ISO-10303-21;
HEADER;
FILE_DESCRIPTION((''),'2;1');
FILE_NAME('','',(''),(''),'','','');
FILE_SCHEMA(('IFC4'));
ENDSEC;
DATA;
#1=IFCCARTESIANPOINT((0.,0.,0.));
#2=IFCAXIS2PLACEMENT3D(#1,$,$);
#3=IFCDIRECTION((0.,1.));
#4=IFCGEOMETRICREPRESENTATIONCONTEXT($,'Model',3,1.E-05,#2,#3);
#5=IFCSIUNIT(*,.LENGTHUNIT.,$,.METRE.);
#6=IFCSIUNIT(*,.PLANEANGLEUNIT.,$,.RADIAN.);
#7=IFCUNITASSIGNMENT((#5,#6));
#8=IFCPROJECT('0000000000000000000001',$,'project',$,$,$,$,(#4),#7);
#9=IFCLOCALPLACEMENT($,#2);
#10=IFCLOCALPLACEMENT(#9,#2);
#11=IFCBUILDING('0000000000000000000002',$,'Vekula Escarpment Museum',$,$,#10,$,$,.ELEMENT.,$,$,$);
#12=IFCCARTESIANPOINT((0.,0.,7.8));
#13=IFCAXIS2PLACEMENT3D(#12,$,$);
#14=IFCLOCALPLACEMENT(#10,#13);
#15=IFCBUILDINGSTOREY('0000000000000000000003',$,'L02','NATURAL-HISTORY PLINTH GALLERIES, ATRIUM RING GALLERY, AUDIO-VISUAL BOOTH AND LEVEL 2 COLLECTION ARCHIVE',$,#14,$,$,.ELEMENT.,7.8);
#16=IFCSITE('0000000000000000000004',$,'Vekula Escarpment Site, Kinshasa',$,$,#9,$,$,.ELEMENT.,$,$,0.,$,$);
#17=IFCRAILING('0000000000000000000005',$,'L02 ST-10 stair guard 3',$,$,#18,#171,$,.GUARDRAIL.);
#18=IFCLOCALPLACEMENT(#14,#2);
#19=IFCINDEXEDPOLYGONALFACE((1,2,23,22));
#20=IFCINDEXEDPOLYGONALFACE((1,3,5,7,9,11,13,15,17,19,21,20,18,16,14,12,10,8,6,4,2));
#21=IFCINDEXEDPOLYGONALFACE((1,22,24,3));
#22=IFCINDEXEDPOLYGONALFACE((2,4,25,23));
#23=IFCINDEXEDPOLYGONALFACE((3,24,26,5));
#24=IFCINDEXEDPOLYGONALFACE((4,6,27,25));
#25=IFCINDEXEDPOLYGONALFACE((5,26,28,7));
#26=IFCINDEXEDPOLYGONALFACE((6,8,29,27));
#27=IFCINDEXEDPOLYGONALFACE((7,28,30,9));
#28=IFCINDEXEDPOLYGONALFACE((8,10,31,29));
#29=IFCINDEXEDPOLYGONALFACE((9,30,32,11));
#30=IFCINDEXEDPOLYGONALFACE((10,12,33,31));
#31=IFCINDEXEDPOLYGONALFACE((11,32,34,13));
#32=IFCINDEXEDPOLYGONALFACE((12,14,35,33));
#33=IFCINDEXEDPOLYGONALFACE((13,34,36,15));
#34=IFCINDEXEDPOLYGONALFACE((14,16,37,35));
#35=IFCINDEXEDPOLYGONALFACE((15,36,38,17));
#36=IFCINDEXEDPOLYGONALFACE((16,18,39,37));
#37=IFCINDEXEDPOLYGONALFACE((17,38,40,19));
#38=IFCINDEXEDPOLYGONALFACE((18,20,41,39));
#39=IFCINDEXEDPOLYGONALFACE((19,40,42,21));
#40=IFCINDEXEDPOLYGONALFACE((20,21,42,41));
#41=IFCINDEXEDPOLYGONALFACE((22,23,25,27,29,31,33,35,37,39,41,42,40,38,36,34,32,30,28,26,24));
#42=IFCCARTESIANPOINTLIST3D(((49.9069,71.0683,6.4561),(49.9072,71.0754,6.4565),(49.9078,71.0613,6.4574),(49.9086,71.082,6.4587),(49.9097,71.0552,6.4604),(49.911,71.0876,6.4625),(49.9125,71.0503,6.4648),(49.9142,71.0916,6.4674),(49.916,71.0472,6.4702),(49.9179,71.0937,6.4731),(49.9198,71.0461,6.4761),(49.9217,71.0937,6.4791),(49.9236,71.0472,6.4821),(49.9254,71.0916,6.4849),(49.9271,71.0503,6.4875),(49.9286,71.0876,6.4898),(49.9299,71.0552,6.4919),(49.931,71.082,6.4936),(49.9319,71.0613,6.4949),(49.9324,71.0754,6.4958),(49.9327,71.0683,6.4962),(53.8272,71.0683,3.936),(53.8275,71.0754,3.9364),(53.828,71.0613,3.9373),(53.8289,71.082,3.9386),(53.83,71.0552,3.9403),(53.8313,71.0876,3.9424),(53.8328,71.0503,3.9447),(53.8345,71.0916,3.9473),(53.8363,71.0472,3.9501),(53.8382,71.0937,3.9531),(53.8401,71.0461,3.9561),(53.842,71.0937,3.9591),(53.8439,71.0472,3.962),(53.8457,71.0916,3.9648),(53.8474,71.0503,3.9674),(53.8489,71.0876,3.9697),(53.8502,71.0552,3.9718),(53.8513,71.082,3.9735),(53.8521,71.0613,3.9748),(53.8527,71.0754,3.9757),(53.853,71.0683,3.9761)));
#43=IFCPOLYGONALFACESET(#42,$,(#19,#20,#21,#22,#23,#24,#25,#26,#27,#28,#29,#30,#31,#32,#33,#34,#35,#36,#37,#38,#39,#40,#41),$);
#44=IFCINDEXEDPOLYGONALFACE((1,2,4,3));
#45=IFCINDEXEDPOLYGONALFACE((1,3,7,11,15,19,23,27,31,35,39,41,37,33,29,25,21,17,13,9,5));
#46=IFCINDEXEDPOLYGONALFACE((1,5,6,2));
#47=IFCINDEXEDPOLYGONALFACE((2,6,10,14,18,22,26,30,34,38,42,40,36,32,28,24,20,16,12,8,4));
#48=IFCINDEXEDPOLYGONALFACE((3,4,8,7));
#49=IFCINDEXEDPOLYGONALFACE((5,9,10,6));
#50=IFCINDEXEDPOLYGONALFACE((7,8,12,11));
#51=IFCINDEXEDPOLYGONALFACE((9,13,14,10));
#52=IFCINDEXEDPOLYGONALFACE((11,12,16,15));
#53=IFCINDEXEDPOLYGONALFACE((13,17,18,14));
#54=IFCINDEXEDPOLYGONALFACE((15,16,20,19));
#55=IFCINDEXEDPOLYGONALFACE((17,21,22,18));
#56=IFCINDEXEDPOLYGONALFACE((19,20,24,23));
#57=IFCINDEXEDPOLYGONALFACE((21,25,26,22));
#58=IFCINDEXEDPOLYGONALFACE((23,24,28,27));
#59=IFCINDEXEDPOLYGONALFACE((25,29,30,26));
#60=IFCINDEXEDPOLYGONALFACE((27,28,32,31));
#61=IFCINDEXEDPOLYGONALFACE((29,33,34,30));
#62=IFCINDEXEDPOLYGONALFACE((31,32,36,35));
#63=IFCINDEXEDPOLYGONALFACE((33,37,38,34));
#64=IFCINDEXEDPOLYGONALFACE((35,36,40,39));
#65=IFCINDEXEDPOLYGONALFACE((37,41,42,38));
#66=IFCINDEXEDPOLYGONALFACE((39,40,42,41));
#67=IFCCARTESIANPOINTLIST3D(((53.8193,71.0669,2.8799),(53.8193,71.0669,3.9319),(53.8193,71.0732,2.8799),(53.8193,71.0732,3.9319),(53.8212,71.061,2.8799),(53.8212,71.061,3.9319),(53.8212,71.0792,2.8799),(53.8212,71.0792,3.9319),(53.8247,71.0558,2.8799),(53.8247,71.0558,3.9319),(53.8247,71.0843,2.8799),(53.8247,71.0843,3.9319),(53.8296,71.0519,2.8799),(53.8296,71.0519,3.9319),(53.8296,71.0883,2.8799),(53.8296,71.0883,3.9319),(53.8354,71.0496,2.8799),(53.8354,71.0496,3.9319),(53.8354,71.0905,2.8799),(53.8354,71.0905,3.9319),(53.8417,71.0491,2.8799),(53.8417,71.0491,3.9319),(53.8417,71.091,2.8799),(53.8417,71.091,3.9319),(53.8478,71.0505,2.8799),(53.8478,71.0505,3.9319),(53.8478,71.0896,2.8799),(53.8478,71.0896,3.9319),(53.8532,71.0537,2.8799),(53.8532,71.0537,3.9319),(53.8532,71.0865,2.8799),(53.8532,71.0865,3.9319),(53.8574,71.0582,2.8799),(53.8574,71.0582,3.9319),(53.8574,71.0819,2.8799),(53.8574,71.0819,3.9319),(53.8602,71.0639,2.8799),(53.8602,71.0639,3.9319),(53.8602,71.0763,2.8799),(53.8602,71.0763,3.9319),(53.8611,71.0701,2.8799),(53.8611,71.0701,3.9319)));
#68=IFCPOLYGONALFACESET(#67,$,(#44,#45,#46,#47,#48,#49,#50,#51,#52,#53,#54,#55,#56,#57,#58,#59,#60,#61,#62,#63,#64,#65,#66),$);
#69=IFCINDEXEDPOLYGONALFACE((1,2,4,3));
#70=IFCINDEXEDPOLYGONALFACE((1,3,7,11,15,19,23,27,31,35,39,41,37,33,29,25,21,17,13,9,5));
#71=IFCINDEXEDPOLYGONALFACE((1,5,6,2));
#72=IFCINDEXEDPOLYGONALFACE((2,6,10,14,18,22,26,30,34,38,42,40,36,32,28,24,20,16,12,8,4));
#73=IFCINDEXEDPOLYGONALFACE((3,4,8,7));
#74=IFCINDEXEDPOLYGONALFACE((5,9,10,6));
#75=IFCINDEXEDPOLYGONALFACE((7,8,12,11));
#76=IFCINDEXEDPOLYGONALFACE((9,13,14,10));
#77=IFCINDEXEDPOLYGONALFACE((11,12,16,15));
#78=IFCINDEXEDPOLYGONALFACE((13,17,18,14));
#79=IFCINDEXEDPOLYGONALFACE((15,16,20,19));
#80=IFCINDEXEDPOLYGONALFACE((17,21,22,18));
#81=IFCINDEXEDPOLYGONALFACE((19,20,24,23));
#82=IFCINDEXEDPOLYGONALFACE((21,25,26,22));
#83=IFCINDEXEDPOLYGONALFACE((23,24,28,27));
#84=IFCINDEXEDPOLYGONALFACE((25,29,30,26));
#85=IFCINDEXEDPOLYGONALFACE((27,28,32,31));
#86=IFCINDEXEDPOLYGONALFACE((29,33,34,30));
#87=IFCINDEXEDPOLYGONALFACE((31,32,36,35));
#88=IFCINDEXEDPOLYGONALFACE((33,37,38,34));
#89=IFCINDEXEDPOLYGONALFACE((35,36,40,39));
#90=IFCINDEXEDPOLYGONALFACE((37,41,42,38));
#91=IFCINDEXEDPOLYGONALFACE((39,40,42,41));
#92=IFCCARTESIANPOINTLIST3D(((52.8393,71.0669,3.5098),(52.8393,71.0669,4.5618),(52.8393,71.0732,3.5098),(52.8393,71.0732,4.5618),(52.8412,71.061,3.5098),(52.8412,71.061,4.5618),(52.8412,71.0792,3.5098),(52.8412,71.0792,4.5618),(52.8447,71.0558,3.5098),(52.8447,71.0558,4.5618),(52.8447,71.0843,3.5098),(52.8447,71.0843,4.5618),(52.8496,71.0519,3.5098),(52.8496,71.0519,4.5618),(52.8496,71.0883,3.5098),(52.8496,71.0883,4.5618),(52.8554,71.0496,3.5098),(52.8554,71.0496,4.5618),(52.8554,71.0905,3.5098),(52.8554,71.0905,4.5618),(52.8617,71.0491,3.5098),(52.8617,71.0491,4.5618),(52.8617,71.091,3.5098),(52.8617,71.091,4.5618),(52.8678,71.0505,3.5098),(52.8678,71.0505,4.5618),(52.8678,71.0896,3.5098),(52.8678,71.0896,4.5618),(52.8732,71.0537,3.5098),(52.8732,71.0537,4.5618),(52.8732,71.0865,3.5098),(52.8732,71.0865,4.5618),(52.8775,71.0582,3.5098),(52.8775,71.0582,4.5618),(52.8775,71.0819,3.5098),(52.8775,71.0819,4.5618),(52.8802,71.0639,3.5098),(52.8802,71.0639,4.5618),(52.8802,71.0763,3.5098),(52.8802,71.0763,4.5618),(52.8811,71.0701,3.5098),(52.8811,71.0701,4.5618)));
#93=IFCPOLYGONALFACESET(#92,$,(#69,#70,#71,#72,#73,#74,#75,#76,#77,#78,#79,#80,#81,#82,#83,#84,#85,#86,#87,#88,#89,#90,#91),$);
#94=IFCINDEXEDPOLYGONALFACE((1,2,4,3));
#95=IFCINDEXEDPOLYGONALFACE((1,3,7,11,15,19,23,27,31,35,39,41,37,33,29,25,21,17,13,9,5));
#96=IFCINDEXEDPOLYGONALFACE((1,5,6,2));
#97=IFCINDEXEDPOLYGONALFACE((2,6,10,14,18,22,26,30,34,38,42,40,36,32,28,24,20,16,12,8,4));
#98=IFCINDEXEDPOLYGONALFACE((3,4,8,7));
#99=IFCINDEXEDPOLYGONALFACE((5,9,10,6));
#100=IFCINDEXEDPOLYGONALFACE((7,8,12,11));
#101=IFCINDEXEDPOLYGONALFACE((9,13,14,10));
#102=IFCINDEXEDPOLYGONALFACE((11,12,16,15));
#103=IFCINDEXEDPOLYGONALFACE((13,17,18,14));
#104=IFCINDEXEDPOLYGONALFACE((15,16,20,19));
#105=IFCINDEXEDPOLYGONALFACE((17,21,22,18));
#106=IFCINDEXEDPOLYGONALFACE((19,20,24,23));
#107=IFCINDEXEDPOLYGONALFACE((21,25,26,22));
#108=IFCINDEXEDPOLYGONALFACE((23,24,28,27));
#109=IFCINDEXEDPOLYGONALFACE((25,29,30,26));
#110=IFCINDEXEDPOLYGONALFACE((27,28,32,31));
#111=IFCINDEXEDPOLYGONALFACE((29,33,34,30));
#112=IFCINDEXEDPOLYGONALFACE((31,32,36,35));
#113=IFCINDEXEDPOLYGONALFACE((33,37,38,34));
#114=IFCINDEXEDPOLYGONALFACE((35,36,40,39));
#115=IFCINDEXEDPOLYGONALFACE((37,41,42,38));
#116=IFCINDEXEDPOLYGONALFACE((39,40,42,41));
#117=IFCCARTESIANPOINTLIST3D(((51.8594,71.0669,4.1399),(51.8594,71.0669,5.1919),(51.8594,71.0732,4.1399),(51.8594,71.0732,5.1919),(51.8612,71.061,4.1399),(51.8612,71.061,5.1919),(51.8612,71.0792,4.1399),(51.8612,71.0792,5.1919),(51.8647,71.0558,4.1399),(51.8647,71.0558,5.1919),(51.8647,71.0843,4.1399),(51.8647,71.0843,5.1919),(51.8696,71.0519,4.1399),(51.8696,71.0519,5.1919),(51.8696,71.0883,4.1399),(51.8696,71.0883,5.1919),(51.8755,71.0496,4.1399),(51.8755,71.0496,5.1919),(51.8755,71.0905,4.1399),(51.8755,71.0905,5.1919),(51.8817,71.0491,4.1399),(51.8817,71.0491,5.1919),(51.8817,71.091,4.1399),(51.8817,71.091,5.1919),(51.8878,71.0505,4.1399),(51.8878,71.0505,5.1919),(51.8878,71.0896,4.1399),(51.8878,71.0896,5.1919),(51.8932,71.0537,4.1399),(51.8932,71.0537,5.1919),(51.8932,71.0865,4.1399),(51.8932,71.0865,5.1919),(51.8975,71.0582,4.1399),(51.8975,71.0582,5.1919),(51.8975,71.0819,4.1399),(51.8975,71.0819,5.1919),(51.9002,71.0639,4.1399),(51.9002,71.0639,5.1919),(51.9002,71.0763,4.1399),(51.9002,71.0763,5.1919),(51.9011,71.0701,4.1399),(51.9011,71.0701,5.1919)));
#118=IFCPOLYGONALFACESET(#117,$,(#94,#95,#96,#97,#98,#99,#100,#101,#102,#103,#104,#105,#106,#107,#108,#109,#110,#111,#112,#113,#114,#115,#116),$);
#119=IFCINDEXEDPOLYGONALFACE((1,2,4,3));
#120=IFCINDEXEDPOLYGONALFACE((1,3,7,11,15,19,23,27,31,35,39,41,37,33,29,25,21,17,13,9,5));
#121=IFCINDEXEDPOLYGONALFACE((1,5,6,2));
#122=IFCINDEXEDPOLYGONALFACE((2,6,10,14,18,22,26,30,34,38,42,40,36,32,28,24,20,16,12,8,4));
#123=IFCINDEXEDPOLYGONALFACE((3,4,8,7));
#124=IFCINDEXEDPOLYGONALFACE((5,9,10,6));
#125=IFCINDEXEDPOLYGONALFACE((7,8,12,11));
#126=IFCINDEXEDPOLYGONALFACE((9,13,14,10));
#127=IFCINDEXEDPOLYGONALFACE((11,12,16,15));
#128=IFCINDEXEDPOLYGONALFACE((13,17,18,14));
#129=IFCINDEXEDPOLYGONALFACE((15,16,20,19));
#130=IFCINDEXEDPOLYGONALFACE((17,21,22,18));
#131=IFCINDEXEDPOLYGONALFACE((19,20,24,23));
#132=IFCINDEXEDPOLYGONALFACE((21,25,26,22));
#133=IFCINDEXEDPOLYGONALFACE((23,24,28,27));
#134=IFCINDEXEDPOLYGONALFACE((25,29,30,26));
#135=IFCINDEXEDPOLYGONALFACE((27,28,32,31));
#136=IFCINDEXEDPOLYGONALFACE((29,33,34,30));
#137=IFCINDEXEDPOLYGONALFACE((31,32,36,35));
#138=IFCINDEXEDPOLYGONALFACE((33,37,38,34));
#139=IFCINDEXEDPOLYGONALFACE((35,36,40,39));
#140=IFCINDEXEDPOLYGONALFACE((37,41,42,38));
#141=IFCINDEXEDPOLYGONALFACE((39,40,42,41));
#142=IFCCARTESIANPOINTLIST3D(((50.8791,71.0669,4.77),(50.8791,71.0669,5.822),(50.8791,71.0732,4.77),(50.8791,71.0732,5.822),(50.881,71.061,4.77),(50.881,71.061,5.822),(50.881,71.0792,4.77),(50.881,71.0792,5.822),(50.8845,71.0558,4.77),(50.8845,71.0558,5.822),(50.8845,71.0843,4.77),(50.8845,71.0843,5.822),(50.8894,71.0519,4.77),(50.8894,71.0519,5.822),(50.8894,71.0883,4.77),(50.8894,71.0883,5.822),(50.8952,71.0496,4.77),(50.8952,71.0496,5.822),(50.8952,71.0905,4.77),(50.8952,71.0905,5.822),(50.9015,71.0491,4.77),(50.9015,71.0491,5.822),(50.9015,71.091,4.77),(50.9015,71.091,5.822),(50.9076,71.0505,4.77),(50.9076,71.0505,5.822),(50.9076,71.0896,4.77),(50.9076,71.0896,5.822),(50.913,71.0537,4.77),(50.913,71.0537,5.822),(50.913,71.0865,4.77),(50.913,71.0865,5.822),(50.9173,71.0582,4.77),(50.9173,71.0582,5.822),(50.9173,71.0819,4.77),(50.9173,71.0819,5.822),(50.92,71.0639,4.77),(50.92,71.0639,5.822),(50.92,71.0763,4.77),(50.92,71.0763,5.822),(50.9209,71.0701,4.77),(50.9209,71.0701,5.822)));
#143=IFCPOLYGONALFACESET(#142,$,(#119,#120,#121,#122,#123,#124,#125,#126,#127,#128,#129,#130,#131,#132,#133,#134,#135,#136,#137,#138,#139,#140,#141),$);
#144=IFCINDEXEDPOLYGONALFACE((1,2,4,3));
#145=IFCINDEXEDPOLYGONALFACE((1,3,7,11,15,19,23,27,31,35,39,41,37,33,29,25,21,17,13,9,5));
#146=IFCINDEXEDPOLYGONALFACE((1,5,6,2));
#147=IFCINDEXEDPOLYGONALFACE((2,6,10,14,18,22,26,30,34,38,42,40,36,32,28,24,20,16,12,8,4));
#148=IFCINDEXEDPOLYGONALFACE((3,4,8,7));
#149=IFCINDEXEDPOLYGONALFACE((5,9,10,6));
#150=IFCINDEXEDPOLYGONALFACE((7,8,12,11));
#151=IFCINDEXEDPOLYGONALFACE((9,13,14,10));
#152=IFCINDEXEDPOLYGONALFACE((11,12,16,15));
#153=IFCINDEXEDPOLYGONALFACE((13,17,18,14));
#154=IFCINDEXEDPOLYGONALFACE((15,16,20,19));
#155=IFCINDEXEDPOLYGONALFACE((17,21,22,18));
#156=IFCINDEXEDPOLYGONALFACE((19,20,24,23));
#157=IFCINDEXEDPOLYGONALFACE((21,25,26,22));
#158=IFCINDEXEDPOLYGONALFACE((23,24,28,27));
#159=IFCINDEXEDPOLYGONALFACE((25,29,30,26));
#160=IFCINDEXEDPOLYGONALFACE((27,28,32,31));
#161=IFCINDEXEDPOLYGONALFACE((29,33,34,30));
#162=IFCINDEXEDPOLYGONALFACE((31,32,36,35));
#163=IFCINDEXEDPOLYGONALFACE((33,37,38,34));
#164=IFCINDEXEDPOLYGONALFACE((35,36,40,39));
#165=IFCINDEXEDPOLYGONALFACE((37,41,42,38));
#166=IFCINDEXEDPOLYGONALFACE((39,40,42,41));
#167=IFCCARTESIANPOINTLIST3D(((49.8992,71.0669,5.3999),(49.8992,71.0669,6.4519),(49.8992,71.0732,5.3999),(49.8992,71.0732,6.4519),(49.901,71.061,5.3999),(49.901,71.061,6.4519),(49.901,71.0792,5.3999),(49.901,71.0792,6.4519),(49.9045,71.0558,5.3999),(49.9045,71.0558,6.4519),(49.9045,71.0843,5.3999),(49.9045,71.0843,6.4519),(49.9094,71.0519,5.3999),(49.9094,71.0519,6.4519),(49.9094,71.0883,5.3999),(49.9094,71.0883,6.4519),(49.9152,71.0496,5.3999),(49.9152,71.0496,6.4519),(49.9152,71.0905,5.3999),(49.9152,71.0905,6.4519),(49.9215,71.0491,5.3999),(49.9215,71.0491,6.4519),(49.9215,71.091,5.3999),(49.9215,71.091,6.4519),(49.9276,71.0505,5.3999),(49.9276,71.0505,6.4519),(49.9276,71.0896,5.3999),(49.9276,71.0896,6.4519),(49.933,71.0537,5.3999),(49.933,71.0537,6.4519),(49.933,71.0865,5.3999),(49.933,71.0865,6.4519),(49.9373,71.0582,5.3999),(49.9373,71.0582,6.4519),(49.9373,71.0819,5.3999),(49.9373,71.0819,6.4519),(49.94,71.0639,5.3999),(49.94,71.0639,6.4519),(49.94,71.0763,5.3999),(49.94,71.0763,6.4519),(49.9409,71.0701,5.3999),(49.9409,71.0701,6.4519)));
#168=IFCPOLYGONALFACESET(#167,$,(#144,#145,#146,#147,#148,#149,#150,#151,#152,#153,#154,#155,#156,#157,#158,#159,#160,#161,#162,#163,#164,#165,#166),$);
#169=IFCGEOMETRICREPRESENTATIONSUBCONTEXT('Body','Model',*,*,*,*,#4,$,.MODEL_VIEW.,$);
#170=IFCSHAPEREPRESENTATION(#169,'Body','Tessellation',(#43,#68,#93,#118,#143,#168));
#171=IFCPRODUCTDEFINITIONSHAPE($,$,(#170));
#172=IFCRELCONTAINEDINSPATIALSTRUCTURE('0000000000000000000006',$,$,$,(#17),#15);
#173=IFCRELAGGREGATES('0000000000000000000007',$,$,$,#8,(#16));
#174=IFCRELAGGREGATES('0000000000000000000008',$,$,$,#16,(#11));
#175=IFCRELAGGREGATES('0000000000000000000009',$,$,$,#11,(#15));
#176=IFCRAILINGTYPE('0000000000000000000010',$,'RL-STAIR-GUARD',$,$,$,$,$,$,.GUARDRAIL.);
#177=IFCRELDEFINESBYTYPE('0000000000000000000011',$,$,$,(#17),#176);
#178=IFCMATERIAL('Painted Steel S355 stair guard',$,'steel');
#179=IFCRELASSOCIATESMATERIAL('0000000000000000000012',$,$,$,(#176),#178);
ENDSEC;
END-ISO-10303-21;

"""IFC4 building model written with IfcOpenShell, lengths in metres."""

from ifc_helpers import new_model, si_unit, direction, frame, origin, origin_2d, place, context, subcontext, project, spatial, circle, extrude, material, type_object, element, save


model = new_model("IFC4")

# Units and contexts
model_context = context("Model", 3, precision=1e-05, world=origin(), true_north=direction((0.0, 1.0)))
body_context = subcontext(model_context, "Body", "Model", "MODEL_VIEW")
ifc_project = project(units=[si_unit("LENGTHUNIT", "METRE"), si_unit("PLANEANGLEUNIT", "RADIAN")], contexts=[model_context])

# Site, building, storey
site_placement = place(None, origin())
site = spatial("IfcSite", under=ifc_project, at=site_placement, Name="Vekula Escarpment Site, Kinshasa", CompositionType="ELEMENT", RefElevation=0.0)
building_placement = place(site_placement, origin())
building = spatial("IfcBuilding", under=site, at=building_placement, Name="Vekula Escarpment Museum", CompositionType="ELEMENT")
storey_placement = place(building_placement, frame((0.0, 0.0, 7.8)))
storey = spatial("IfcBuildingStorey", under=building, at=storey_placement, Name="L02", Description="NATURAL-HISTORY PLINTH GALLERIES, ATRIUM RING GALLERY, AUDIO-VISUAL BOOTH AND LEVEL 2 COLLECTION ARCHIVE", CompositionType="ELEMENT", Elevation=7.8)

# Railing
ifc_material_1 = material(Name="Painted Steel S355 stair guard", Category="steel")
railing_type_1 = type_object("IfcRailingType", Name="RL-STAIR-GUARD", PredefinedType="GUARDRAIL", material=ifc_material_1)
railing_1_placement = place(storey_placement, frame((53.8401, 71.0701, 2.8799)))
element("IfcRailing", 1, at=railing_1_placement, inside=storey, type_object=railing_type_1, Name="L02 ST-10 stair guard 3", PredefinedType="GUARDRAIL", context=body_context, shape_type="SweptSolid", body=[
    extrude(circle(Radius=0.0239, at=origin_2d()), frame((0.0, 0.0, 1.0762), z_axis=(-0.841187, 0.0, 0.540744), x_axis=(0.0, -1.0, 0.0)), (0.0, 0.0, 1.0), 4.6604),
    extrude(circle(Radius=0.021, at=origin_2d()), origin(), (0.0, 0.0, 1.0), 1.052),
    extrude(circle(Radius=0.021, at=origin_2d()), frame((-0.98, 0.0, 0.6299)), (0.0, 0.0, 1.0), 1.052),
    extrude(circle(Radius=0.021, at=origin_2d()), frame((-1.96, 0.0, 1.26)), (0.0, 0.0, 1.0), 1.052),
    extrude(circle(Radius=0.021, at=origin_2d()), frame((-2.9402, 0.0, 1.8901)), (0.0, 0.0, 1.0), 1.052),
    extrude(circle(Radius=0.021, at=origin_2d()), frame((-3.9202, 0.0, 2.52)), (0.0, 0.0, 1.0), 1.052),
])

save(model, "model.ifc")
